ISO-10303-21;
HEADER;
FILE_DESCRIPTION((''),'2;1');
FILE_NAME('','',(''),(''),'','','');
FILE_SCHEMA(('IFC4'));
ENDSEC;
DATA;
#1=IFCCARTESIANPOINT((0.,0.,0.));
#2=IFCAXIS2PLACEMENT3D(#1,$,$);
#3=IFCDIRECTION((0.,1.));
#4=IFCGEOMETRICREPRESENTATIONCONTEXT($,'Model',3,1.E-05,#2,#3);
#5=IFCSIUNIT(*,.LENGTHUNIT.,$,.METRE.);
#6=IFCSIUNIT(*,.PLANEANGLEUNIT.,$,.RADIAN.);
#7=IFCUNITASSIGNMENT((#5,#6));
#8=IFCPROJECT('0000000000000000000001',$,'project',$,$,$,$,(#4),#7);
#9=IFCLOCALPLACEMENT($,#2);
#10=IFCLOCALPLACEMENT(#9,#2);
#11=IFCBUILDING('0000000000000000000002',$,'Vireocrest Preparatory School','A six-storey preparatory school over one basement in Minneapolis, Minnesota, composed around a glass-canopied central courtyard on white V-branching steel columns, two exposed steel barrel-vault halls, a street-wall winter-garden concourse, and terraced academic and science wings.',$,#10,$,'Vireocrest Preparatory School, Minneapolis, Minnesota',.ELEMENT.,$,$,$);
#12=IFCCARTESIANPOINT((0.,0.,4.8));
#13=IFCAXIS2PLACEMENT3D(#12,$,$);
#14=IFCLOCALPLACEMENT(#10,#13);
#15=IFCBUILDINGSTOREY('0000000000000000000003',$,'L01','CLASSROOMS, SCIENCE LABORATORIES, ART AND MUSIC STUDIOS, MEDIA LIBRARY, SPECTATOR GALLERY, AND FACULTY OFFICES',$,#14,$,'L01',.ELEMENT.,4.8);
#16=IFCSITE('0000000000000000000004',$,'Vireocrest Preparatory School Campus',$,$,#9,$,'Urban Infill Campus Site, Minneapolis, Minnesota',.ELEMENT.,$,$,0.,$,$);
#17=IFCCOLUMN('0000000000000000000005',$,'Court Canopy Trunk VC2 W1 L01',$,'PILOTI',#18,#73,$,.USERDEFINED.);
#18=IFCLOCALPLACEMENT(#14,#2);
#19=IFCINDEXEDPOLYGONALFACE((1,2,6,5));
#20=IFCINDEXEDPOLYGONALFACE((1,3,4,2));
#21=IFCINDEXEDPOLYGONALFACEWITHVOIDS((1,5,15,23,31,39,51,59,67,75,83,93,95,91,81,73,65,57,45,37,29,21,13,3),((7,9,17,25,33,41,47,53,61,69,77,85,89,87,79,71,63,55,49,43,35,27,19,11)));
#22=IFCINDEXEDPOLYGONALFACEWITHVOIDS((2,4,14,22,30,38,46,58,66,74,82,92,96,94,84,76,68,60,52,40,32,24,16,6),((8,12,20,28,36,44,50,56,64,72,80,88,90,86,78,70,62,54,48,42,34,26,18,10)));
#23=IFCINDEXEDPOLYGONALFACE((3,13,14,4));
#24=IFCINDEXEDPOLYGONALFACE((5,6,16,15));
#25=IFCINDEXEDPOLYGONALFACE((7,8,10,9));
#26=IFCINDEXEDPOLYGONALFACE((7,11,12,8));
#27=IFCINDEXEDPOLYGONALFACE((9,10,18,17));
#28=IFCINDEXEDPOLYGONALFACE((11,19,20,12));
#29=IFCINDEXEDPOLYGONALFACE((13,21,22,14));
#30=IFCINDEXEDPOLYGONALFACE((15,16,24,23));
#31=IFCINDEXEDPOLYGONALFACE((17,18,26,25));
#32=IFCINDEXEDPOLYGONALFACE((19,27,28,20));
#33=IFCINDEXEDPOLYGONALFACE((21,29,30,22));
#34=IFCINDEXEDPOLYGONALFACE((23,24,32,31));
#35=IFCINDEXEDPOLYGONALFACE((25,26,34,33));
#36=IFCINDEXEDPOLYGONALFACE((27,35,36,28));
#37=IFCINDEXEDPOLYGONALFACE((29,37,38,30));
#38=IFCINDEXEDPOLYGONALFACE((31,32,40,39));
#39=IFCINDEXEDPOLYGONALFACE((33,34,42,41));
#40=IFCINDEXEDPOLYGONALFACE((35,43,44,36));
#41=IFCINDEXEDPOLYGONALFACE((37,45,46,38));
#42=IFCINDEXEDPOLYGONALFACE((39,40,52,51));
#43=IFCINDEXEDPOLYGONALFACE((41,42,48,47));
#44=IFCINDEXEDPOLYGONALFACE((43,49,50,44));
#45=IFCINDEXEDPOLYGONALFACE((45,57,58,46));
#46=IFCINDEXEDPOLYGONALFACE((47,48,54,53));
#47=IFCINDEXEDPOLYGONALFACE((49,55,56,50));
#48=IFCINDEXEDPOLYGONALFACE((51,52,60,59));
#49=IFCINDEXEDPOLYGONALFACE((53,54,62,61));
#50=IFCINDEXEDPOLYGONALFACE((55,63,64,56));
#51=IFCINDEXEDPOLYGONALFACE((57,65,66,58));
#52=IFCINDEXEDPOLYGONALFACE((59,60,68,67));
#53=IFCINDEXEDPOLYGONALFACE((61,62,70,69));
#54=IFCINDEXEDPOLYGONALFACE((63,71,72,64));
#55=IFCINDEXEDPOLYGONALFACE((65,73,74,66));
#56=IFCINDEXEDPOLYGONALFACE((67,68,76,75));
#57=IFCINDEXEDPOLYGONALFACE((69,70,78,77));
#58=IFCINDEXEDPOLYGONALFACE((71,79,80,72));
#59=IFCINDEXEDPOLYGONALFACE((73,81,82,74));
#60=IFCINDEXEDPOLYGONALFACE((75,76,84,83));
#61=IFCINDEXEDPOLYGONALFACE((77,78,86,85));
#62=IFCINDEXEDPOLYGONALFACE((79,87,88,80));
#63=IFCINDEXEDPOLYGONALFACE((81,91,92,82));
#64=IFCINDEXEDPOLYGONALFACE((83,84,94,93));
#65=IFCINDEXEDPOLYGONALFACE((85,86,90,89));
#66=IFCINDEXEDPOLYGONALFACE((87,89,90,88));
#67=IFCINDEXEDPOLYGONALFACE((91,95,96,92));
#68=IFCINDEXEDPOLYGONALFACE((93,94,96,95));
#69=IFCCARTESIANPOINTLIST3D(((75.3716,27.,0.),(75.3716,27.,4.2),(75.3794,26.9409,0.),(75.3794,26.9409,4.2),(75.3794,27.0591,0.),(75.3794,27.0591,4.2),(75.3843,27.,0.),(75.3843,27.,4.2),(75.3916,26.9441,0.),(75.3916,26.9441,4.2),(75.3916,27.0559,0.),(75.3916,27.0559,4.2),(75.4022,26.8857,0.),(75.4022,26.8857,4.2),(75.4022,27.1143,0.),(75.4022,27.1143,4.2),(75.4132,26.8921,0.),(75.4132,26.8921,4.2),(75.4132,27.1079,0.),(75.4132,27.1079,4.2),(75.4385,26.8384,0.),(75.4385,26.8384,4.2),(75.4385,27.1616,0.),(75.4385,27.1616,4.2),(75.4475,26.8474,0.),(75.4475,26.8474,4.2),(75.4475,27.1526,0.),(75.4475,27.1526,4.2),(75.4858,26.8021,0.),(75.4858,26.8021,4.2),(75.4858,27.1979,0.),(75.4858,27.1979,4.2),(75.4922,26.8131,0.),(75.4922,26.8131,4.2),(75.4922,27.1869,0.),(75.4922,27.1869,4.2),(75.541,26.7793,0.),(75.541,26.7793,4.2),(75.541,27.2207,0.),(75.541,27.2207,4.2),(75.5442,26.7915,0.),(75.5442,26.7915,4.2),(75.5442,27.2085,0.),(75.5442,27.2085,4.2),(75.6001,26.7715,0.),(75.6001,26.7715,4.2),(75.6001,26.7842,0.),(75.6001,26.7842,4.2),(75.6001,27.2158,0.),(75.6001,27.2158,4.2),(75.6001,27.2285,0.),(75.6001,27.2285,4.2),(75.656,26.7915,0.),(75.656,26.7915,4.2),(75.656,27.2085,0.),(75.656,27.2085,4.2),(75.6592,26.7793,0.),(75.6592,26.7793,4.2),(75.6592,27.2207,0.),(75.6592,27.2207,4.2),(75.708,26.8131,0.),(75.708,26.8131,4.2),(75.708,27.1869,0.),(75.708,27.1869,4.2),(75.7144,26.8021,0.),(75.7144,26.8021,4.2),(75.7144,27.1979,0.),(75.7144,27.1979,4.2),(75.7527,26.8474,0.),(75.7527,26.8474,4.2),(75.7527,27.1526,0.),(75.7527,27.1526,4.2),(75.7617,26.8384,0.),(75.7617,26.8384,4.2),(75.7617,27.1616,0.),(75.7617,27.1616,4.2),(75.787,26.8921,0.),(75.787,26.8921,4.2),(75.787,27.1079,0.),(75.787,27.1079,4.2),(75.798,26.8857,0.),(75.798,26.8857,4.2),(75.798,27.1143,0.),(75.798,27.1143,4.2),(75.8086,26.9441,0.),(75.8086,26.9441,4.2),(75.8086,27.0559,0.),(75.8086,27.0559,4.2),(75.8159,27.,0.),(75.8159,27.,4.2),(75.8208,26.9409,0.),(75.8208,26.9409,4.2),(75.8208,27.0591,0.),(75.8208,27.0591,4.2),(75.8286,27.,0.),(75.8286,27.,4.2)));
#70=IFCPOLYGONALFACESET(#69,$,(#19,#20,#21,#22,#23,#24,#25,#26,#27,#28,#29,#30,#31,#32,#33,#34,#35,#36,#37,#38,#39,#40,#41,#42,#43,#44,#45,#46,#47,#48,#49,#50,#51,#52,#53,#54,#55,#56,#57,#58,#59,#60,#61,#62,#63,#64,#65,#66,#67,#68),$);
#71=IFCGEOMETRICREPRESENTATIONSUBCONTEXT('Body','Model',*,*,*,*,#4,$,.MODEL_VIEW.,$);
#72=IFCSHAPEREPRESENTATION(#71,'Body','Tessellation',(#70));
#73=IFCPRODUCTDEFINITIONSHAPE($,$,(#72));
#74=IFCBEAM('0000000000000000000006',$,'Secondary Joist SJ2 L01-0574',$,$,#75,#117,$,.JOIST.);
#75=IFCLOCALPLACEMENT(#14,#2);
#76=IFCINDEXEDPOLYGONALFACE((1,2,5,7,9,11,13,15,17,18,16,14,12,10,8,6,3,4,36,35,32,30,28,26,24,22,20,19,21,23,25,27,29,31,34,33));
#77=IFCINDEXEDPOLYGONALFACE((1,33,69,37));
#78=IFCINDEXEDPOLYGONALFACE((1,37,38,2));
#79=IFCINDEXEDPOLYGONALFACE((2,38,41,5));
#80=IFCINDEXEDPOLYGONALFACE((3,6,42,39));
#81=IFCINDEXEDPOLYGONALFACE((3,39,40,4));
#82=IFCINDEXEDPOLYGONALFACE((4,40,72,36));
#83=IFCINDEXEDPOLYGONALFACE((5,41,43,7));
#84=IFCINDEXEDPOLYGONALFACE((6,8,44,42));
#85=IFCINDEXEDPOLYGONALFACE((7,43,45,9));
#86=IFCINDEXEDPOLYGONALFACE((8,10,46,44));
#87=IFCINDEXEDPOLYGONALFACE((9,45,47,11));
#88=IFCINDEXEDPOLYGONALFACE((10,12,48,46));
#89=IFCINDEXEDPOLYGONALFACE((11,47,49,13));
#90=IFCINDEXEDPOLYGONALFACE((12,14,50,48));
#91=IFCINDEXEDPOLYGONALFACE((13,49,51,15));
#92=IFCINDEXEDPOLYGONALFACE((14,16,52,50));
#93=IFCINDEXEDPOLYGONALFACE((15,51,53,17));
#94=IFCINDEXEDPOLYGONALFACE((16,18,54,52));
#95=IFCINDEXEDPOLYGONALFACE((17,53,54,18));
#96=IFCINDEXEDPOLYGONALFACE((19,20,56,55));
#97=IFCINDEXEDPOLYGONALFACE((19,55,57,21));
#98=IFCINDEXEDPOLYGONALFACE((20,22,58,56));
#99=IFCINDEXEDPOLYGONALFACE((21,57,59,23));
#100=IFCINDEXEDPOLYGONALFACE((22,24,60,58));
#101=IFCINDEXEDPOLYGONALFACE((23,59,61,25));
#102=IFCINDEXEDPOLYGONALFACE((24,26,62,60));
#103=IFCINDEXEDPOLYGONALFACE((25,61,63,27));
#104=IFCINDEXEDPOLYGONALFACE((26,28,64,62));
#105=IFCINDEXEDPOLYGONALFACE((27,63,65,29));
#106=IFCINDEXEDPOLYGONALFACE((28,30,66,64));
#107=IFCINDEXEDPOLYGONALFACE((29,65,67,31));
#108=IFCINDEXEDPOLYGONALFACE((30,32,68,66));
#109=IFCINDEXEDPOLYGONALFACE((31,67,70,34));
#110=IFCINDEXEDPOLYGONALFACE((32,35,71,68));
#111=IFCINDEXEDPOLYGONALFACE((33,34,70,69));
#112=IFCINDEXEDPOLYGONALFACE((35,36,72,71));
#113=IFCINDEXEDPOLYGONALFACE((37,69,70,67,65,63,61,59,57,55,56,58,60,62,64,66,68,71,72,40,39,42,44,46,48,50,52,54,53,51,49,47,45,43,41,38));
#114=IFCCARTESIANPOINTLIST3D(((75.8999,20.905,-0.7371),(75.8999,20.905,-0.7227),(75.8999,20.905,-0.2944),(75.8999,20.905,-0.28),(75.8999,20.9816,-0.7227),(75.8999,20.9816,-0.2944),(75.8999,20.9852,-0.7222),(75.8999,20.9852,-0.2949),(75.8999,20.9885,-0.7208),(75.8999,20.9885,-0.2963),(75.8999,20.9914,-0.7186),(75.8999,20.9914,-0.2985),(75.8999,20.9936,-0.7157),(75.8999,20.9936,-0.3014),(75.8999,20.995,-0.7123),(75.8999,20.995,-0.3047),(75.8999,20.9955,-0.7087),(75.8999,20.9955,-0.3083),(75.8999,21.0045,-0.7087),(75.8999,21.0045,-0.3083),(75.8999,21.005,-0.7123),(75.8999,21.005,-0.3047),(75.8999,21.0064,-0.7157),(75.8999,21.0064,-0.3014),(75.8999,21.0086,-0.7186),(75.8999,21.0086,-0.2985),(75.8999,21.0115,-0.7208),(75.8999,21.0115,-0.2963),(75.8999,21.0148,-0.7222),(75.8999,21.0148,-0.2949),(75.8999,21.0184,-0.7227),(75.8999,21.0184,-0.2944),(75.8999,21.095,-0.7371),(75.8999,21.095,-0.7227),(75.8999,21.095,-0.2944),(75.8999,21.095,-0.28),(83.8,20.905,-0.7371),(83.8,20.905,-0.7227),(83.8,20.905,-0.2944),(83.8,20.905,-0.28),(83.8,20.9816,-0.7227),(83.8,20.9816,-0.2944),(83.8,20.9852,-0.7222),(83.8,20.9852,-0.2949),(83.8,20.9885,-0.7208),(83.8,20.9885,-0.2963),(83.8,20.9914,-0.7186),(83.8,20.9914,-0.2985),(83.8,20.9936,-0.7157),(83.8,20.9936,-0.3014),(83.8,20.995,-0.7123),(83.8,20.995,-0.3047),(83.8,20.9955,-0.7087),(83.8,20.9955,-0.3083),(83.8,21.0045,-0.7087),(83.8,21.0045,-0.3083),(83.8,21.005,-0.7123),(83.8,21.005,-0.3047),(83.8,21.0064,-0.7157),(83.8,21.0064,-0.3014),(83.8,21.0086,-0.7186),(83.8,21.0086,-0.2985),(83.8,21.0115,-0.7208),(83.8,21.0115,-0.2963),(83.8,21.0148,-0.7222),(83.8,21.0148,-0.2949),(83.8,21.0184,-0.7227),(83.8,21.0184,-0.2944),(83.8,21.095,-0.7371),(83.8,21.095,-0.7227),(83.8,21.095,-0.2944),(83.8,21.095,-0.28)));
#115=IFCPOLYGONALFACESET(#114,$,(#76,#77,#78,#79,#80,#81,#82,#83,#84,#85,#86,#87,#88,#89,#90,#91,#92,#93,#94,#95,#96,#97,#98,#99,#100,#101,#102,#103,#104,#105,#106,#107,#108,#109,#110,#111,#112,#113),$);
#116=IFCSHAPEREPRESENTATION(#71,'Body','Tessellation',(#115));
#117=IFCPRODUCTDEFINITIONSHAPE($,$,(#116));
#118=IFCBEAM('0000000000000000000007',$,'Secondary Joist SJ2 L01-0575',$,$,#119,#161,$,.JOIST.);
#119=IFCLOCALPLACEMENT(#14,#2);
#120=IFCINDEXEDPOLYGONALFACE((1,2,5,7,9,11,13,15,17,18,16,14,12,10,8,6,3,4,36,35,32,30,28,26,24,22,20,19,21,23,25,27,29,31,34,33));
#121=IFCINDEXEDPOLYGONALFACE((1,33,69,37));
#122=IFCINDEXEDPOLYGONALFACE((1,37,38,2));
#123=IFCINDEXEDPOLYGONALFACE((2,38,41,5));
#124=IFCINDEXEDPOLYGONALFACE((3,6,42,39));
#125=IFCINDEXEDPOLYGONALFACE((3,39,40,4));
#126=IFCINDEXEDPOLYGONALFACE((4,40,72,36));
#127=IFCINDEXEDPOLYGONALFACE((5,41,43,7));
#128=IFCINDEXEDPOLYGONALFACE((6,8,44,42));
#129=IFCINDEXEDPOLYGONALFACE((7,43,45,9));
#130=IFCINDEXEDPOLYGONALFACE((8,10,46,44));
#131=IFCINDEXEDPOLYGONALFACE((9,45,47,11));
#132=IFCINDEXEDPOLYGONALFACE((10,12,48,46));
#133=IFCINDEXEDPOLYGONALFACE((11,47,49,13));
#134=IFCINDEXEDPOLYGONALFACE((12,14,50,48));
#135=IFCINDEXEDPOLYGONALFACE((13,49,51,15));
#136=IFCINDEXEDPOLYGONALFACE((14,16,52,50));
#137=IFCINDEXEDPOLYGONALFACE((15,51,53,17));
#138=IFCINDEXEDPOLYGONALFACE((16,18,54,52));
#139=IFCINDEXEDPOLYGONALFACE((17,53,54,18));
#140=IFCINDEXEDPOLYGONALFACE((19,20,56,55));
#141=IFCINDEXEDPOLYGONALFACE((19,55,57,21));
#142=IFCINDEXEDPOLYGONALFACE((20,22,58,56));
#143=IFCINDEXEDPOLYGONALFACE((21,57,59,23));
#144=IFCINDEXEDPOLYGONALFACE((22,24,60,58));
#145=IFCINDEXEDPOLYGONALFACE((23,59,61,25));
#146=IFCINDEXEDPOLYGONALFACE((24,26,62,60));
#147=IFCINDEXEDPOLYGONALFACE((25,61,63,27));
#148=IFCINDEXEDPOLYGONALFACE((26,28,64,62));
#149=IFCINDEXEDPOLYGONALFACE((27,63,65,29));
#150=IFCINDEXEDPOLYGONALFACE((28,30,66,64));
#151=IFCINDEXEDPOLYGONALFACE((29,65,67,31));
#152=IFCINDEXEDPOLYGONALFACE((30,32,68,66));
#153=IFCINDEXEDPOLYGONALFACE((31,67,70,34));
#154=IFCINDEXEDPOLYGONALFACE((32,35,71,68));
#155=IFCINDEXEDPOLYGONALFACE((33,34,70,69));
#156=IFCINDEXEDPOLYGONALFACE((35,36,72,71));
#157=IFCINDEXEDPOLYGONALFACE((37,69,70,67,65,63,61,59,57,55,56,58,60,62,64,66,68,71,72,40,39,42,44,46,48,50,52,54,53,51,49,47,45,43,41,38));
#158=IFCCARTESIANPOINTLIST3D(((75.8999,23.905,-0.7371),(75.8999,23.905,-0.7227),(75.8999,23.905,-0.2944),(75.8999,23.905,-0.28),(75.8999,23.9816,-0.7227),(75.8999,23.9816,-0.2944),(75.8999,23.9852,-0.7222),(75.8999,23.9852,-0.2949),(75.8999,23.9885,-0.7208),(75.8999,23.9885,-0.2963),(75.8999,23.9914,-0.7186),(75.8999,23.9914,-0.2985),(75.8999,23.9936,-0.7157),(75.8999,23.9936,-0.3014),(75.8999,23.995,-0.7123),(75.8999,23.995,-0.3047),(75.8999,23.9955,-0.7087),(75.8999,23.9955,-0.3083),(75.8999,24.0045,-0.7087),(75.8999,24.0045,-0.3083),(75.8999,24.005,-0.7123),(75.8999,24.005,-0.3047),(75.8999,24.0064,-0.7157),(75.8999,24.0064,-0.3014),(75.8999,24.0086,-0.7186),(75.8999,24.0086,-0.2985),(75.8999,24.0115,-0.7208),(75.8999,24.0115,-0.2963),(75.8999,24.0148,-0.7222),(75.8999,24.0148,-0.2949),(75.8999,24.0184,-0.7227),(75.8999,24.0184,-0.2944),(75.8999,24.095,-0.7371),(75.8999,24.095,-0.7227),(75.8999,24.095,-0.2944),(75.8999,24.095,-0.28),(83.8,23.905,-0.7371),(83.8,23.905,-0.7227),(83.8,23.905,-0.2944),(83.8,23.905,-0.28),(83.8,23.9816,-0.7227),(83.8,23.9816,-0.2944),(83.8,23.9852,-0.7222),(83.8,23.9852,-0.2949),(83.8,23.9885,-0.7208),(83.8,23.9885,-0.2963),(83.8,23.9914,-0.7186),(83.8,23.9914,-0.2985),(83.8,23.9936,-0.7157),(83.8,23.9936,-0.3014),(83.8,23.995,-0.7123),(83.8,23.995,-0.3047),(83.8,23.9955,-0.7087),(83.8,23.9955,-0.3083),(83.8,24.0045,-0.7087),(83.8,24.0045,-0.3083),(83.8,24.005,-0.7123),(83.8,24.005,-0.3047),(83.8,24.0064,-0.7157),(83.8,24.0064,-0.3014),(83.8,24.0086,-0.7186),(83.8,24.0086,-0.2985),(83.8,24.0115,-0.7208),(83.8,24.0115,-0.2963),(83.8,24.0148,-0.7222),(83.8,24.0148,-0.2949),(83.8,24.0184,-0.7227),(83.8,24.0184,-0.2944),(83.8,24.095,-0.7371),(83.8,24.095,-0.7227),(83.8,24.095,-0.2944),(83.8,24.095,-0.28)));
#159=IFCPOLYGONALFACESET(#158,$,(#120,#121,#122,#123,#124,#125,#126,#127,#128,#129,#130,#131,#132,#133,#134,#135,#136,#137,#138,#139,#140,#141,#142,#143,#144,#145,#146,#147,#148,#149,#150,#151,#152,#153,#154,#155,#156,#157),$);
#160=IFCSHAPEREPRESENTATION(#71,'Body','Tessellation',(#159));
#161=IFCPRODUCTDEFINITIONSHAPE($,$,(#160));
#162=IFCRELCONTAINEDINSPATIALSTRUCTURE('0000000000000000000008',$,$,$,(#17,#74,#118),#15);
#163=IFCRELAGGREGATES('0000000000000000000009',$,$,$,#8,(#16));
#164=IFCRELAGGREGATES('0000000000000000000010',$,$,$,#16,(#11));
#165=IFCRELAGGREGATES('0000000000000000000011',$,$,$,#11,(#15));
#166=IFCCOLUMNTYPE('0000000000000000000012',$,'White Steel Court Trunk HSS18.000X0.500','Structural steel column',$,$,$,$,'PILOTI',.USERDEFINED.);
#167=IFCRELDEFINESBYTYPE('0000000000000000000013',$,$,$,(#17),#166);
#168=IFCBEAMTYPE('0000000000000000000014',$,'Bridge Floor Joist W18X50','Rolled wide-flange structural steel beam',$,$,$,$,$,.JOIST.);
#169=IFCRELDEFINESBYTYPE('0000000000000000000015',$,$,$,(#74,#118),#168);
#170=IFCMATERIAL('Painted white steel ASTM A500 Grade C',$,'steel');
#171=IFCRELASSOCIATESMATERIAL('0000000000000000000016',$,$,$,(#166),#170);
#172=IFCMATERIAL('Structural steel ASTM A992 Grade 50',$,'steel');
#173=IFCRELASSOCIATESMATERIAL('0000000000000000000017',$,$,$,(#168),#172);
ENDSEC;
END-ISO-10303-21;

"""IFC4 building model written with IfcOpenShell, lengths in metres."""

from ifc_helpers import new_model, si_unit, direction, frame, origin, origin_2d, place, context, subcontext, project, spatial, hollow_circle, i_section, extrude, material, material_profile, profile_set, type_object, element, save


model = new_model("IFC4")

# Units and contexts
model_context = context("Model", 3, precision=1e-05, world=origin(), true_north=direction((0.0, 1.0)))
body_context = subcontext(model_context, "Body", "Model", "MODEL_VIEW")
ifc_project = project(units=[si_unit("LENGTHUNIT", "METRE"), si_unit("PLANEANGLEUNIT", "RADIAN")], contexts=[model_context])

# Site, building, storey
site_placement = place(None, origin())
site = spatial("IfcSite", under=ifc_project, at=site_placement, Name="Vireocrest Preparatory School Campus", LongName="Urban Infill Campus Site, Minneapolis, Minnesota", CompositionType="ELEMENT", RefElevation=0.0)
building_placement = place(site_placement, origin())
building = spatial("IfcBuilding", under=site, at=building_placement, Name="Vireocrest Preparatory School", Description="A six-storey preparatory school over one basement in Minneapolis, Minnesota, composed around a glass-canopied central courtyard on white V-branching steel columns, two exposed steel barrel-vault halls, a street-wall winter-garden concourse, and terraced academic and science wings.", LongName="Vireocrest Preparatory School, Minneapolis, Minnesota", CompositionType="ELEMENT")
storey_placement = place(building_placement, frame((0.0, 0.0, 4.8)))
storey = spatial("IfcBuildingStorey", under=building, at=storey_placement, Name="L01", Description="CLASSROOMS, SCIENCE LABORATORIES, ART AND MUSIC STUDIOS, MEDIA LIBRARY, SPECTATOR GALLERY, AND FACULTY OFFICES", LongName="L01", CompositionType="ELEMENT", Elevation=4.8)

# Column
ifc_material_1 = material(Name="Painted white steel ASTM A500 Grade C", Category="steel")
ifc_material_profile_1 = material_profile(ifc_material_1, hollow_circle(Radius=0.2285, WallThickness=0.0127, at=origin_2d()), Name="HSS18.000X0.500")
ifc_profile_set_1 = profile_set([ifc_material_profile_1], Name="Painted white steel ASTM A500 Grade C")
column_type = type_object("IfcColumnType", Name="White Steel Court Trunk HSS18.000X0.500", Description="Structural steel column", ElementType="PILOTI", PredefinedType="USERDEFINED", material=ifc_profile_set_1)
column_placement = place(storey_placement, frame((75.6001, 27.0, 0.0), z_axis=(0.0, 0.0, 1.0), x_axis=(1.0, 0.0, 0.0)))
element("IfcColumn", 1, at=column_placement, inside=storey, type_object=column_type, Name="Court Canopy Trunk VC2 W1 L01", ObjectType="PILOTI", PredefinedType="USERDEFINED", context=body_context, shape_type="SweptSolid", body=[
    extrude(hollow_circle(Radius=0.2285, WallThickness=0.0127, at=origin_2d()), origin(), (0.0, 0.0, 1.0), 4.2),
])

# Beams
ifc_material_2 = material(Name="Structural steel ASTM A992 Grade 50", Category="steel")
ifc_material_profile_2 = material_profile(ifc_material_2, i_section(OverallWidth=0.1899, OverallDepth=0.457, WebThickness=0.009, FlangeThickness=0.0144, FilletRadius=0.0139, at=origin_2d()), Name="W18X50")
ifc_profile_set_2 = profile_set([ifc_material_profile_2], Name="Structural steel ASTM A992 Grade 50")
beam_type_1 = type_object("IfcBeamType", Name="Bridge Floor Joist W18X50", Description="Rolled wide-flange structural steel beam", PredefinedType="JOIST", material=ifc_profile_set_2)
for number, where, z_axis, x_axis, name in (
    (2, (75.8999, 21.0, -0.5085), (1.0, 0.0, 0.0), (0.0, 1.0, 0.0), "Secondary Joist SJ2 L01-0574"),
    (3, (75.8999, 24.0, -0.5085), (1.0, 0.0, 0.0), (0.0, 1.0, 0.0), "Secondary Joist SJ2 L01-0575"),
):
    element("IfcBeam", number, at=place(storey_placement, frame(where, z_axis=z_axis, x_axis=x_axis)), inside=storey, type_object=beam_type_1, Name=name, PredefinedType="JOIST", context=body_context, shape_type="SweptSolid", body=[
        extrude(i_section(OverallWidth=0.1899, OverallDepth=0.457, WebThickness=0.009, FlangeThickness=0.0144, FilletRadius=0.0139, at=origin_2d()), origin(), (0.0, 0.0, 1.0), 7.9001),
    ])

save(model, "model.ifc")
